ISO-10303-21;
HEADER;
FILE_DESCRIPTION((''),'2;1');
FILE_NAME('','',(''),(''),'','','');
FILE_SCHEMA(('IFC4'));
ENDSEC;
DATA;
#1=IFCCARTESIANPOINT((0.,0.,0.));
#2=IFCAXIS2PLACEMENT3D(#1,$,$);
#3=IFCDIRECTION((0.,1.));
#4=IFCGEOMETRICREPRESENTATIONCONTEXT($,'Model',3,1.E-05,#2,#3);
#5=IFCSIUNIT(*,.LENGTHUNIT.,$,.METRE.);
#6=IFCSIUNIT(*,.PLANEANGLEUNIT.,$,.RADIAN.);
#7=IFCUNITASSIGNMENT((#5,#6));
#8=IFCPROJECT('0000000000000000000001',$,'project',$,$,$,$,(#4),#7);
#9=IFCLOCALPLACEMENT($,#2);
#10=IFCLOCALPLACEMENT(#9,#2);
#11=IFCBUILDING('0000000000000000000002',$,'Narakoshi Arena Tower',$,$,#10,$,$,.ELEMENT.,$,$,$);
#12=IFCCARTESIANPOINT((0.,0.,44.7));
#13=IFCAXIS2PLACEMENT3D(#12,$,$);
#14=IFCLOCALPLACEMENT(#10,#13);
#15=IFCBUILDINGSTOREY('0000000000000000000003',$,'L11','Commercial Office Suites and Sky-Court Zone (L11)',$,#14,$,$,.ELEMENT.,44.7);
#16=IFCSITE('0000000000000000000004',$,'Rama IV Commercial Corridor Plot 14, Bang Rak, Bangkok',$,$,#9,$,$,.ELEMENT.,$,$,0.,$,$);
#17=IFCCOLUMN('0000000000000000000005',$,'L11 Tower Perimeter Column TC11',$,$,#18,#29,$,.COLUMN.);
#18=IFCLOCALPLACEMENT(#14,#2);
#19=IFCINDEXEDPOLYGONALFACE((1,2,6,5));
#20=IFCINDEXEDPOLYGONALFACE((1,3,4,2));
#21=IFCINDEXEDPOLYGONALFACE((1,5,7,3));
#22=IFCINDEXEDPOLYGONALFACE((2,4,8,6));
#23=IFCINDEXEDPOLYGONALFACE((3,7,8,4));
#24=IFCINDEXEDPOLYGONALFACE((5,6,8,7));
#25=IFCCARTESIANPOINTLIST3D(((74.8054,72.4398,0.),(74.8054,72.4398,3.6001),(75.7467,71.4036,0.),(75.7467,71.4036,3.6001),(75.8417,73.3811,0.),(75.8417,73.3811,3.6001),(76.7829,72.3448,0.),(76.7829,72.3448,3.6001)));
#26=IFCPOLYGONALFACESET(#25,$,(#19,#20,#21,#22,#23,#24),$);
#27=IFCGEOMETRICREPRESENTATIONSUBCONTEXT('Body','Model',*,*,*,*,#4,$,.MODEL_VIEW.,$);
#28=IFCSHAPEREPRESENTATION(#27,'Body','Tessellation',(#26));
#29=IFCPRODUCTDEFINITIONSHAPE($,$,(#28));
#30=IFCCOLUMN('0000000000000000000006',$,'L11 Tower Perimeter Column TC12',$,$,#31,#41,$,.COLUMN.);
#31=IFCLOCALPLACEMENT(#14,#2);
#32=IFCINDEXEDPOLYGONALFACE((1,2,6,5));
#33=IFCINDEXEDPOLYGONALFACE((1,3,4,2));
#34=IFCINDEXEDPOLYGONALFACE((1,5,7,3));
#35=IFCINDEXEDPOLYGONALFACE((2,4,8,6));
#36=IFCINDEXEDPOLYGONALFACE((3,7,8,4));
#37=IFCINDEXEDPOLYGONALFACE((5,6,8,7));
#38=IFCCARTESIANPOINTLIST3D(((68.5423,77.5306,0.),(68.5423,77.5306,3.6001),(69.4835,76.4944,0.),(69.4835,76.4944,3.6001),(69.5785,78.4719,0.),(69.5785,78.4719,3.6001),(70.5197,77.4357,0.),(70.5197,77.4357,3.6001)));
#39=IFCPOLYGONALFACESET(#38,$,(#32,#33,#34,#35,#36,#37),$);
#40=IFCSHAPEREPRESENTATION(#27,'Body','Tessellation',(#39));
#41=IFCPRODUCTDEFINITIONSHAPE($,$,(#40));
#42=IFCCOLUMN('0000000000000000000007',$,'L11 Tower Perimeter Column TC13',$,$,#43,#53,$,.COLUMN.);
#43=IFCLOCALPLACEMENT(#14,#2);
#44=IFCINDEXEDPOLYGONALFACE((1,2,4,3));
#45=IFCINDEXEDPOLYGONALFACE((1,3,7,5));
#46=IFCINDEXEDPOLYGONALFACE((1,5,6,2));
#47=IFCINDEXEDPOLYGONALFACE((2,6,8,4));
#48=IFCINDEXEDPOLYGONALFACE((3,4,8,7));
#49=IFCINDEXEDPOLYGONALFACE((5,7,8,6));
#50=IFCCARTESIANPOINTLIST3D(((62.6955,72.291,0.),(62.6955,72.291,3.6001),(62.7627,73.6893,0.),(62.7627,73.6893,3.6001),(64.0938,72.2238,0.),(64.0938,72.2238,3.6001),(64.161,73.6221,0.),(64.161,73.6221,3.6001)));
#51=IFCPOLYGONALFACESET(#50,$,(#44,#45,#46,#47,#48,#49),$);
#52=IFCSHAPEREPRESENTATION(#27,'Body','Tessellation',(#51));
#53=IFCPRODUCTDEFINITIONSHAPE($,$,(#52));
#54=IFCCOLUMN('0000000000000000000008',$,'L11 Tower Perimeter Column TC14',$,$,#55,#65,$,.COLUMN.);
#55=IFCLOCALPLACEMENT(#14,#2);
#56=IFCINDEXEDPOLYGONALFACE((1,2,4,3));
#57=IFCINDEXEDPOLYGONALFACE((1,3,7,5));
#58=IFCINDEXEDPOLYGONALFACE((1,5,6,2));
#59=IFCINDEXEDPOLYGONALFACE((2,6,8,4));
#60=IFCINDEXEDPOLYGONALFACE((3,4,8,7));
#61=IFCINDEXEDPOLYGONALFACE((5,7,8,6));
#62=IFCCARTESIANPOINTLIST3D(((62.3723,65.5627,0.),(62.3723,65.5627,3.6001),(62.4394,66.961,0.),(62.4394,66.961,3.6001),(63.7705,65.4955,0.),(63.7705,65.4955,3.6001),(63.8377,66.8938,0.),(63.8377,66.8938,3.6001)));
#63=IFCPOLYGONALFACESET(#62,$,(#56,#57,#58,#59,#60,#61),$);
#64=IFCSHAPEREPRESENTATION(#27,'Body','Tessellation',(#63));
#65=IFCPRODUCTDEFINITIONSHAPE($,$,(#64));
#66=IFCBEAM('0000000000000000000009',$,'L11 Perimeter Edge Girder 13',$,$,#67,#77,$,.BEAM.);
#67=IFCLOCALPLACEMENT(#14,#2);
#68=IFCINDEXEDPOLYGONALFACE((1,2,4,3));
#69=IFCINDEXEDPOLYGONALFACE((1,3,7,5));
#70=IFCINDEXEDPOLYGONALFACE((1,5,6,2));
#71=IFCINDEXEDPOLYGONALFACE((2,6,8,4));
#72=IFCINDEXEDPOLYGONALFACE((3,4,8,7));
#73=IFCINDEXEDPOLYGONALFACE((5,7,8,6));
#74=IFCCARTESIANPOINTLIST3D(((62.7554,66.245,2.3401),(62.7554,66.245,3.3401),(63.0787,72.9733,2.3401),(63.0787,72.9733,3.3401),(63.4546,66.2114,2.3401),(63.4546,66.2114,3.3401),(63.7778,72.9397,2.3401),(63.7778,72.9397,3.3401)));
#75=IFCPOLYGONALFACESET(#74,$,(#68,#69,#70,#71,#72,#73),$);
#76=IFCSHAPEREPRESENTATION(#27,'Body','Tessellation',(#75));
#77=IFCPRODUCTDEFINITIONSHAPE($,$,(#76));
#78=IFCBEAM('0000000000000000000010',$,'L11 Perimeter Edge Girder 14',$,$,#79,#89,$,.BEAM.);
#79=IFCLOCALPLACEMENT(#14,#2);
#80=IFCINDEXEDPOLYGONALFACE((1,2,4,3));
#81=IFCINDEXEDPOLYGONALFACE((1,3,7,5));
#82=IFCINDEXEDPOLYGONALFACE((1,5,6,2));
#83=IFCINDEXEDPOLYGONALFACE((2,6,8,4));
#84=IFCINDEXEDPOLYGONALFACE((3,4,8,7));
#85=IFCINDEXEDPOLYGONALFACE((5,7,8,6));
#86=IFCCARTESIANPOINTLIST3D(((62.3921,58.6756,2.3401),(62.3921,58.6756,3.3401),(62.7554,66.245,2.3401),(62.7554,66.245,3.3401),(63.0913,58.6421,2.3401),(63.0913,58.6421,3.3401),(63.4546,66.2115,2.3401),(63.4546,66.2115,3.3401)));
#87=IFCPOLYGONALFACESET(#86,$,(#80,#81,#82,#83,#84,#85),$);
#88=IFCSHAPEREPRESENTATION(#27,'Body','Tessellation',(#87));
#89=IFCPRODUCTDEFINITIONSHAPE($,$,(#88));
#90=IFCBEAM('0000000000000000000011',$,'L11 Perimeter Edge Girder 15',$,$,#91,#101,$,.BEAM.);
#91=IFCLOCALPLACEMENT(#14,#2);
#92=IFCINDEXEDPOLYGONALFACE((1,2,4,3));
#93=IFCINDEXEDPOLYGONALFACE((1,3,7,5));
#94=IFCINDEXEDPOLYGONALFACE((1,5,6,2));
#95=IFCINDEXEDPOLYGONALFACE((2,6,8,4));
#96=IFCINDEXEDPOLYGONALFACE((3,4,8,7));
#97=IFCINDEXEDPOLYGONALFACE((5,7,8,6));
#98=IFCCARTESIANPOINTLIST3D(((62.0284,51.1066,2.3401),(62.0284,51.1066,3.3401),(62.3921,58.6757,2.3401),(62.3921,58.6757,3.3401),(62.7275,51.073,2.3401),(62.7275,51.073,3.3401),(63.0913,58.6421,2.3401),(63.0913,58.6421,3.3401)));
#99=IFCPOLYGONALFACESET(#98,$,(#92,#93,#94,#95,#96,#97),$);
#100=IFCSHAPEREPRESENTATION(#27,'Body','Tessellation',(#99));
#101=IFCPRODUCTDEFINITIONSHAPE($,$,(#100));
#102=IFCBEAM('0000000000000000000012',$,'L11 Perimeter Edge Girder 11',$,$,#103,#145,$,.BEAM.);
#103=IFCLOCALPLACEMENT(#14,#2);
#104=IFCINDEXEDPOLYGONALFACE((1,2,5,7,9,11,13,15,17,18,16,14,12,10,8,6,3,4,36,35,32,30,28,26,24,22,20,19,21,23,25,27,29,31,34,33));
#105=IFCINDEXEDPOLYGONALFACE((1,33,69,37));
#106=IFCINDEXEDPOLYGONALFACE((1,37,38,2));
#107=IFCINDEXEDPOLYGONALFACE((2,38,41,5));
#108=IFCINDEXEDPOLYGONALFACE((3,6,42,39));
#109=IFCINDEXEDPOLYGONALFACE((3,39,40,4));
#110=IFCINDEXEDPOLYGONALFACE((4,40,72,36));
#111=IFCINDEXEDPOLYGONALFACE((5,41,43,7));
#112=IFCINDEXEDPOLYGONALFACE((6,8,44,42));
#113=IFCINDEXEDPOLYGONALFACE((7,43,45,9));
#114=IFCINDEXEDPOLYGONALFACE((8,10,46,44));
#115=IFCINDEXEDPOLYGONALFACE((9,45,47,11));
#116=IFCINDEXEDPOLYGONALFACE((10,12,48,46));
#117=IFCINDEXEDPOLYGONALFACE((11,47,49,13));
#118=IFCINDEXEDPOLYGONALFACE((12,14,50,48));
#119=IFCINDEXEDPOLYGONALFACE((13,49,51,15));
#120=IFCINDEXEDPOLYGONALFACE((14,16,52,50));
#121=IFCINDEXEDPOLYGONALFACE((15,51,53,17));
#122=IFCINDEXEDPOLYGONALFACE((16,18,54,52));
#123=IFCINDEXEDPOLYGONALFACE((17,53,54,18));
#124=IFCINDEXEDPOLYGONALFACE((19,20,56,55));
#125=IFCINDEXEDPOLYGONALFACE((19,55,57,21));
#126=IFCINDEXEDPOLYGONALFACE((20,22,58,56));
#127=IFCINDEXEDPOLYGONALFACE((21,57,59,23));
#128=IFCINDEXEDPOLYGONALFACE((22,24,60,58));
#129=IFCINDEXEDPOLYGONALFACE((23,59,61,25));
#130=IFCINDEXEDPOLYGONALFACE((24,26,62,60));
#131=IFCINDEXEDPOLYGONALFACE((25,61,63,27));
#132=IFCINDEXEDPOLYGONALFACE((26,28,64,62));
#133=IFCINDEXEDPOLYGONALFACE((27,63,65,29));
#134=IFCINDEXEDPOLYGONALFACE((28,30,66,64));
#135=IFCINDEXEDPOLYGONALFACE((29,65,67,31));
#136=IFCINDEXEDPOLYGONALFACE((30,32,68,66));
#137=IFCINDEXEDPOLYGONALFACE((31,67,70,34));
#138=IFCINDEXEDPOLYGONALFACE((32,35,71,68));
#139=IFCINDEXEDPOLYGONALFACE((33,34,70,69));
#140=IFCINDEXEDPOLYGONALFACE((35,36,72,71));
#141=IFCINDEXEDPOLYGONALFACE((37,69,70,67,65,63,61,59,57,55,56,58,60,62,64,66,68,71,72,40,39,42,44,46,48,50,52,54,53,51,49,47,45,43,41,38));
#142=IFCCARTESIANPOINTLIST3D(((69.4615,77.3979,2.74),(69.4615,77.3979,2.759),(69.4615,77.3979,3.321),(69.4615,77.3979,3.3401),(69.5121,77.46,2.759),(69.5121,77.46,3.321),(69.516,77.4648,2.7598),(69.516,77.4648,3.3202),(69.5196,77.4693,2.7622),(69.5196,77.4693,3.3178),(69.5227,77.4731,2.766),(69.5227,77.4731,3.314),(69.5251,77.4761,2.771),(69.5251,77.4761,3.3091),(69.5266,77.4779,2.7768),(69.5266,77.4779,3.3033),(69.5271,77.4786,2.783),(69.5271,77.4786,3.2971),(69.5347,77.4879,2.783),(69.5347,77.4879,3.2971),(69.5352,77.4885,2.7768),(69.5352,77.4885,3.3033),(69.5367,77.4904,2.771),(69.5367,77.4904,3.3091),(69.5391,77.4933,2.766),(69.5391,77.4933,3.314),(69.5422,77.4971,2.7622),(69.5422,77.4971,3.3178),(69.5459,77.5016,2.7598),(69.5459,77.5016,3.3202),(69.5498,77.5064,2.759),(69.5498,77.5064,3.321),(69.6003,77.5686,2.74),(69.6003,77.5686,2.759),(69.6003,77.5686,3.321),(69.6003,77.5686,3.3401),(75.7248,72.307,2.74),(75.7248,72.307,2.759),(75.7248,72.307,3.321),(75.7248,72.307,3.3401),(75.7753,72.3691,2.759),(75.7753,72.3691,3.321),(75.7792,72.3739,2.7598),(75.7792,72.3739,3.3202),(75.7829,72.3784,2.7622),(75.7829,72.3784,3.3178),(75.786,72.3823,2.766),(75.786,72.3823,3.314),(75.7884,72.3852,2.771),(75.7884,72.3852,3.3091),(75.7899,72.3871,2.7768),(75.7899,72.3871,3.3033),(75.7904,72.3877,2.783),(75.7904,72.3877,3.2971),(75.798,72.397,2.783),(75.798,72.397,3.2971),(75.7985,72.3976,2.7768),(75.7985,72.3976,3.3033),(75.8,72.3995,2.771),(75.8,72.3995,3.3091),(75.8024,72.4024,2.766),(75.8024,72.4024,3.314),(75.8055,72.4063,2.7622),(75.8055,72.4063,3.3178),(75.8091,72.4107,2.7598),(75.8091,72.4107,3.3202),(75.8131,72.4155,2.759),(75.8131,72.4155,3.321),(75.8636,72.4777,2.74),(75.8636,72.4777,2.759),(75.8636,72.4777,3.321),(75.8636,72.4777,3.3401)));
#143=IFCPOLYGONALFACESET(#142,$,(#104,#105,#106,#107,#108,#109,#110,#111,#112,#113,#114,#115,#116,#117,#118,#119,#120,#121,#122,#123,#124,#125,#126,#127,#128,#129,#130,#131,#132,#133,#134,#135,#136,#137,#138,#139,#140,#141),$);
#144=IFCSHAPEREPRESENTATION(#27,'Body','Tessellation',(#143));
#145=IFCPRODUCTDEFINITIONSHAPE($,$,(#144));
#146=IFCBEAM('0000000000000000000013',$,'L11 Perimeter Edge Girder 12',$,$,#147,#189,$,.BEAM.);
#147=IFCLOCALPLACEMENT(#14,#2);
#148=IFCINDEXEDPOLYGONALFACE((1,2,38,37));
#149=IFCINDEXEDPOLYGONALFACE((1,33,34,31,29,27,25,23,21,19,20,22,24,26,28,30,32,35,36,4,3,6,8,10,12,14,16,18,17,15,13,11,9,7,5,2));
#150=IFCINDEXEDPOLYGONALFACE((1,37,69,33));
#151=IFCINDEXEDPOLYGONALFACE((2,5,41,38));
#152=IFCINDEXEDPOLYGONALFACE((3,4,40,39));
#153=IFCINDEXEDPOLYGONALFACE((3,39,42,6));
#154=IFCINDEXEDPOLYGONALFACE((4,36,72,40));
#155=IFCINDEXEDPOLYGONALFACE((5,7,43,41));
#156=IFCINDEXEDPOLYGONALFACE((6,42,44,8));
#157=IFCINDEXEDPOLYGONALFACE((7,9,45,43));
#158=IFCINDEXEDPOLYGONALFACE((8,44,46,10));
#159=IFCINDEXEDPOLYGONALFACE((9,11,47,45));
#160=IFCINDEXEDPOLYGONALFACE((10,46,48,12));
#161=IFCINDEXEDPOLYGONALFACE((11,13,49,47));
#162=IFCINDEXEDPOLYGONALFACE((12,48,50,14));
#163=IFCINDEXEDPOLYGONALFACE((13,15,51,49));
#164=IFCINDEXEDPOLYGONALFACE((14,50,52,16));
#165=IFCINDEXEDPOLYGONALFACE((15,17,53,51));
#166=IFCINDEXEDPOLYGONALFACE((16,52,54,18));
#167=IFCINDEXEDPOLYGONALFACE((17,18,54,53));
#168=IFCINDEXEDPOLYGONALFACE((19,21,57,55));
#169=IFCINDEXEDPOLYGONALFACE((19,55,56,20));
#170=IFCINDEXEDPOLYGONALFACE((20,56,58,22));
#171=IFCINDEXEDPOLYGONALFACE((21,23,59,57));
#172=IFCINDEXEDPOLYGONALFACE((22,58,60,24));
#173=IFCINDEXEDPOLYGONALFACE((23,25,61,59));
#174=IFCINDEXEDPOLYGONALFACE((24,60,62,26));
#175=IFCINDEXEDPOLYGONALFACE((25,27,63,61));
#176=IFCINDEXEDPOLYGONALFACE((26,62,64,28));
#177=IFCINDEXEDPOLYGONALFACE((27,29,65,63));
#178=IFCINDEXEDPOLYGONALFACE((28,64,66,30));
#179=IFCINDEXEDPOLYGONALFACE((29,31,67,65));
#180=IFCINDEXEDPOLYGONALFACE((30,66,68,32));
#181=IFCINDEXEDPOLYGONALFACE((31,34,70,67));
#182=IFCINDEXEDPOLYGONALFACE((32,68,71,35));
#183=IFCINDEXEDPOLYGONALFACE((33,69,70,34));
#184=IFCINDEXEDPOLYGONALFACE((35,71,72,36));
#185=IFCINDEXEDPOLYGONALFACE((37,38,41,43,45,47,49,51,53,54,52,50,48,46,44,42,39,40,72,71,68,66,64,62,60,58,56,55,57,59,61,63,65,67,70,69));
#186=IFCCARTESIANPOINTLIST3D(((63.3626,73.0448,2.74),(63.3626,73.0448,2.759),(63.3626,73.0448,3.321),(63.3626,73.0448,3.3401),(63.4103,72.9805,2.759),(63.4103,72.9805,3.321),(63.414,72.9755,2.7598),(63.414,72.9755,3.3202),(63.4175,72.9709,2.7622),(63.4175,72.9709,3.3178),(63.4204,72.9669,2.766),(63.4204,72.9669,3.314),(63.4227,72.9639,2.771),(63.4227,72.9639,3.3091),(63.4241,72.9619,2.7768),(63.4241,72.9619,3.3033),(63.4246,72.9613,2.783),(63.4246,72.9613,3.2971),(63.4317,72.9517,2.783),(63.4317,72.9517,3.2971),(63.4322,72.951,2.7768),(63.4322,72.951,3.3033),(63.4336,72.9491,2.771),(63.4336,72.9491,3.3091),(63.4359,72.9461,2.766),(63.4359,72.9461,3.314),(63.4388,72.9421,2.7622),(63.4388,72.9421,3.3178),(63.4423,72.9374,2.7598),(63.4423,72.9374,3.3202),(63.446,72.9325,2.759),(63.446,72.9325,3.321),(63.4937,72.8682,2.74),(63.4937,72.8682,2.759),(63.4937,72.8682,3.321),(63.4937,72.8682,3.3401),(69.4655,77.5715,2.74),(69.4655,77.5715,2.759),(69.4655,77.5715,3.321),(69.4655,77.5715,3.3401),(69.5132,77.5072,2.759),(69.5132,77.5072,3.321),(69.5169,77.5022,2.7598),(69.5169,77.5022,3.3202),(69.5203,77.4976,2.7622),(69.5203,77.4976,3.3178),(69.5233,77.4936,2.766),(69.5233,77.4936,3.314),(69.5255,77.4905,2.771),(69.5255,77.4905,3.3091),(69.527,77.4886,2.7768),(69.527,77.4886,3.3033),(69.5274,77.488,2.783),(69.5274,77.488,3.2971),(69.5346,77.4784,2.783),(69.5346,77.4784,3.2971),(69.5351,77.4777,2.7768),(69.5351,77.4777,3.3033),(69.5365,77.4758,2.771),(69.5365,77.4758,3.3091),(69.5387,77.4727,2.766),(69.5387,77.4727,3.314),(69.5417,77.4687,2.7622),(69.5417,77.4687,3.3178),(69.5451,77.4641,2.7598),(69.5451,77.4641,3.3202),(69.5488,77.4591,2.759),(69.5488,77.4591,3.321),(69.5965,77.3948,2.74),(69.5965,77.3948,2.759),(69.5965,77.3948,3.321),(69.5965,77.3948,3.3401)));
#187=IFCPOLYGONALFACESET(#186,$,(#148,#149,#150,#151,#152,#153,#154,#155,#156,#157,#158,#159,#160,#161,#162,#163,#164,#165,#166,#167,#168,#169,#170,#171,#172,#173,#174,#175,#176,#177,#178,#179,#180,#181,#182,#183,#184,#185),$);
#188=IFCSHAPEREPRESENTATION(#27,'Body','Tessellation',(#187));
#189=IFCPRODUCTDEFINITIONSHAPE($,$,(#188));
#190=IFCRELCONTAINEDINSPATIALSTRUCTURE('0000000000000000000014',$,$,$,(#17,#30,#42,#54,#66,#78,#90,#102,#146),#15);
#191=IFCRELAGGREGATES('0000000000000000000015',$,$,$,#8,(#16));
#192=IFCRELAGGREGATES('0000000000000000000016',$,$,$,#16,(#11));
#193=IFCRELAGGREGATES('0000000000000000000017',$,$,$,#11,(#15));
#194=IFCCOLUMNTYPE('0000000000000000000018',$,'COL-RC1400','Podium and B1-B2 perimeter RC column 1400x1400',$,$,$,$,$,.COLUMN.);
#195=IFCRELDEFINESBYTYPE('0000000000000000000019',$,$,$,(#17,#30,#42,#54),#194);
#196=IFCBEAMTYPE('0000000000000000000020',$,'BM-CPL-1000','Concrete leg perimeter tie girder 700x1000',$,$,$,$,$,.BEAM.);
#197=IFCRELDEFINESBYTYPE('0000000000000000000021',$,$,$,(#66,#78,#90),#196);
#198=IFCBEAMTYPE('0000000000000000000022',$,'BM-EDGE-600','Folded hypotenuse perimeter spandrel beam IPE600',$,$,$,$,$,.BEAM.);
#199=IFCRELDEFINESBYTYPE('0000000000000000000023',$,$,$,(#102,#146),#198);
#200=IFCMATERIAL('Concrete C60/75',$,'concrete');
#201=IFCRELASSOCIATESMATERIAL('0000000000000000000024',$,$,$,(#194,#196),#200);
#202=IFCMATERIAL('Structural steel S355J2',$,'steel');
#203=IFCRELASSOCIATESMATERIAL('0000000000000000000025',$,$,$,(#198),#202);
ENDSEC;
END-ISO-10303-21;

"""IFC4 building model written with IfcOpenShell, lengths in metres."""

from ifc_helpers import new_model, si_unit, direction, frame, origin, origin_2d, place, context, subcontext, project, spatial, rectangle, i_section, extrude, material, material_profile, profile_set, type_object, element, save


model = new_model("IFC4")

# Units and contexts
model_context = context("Model", 3, precision=1e-05, world=origin(), true_north=direction((0.0, 1.0)))
body_context = subcontext(model_context, "Body", "Model", "MODEL_VIEW")
ifc_project = project(units=[si_unit("LENGTHUNIT", "METRE"), si_unit("PLANEANGLEUNIT", "RADIAN")], contexts=[model_context])

# Site, building, storey
site_placement = place(None, origin())
site = spatial("IfcSite", under=ifc_project, at=site_placement, Name="Rama IV Commercial Corridor Plot 14, Bang Rak, Bangkok", CompositionType="ELEMENT", RefElevation=0.0)
building_placement = place(site_placement, origin())
building = spatial("IfcBuilding", under=site, at=building_placement, Name="Narakoshi Arena Tower", CompositionType="ELEMENT")
storey_placement = place(building_placement, frame((0.0, 0.0, 44.7)))
storey = spatial("IfcBuildingStorey", under=building, at=storey_placement, Name="L11", Description="Commercial Office Suites and Sky-Court Zone (L11)", CompositionType="ELEMENT", Elevation=44.7)

# Columns
ifc_material_1 = material(Name="Concrete C60/75", Category="concrete")
ifc_material_profile_1 = material_profile(ifc_material_1, rectangle(XDim=1.3999, YDim=1.3999, at=origin_2d()), Name="RC1400x1400")
ifc_profile_set_1 = profile_set([ifc_material_profile_1], Name="Concrete C60/75")
column_type = type_object("IfcColumnType", Name="COL-RC1400", Description="Podium and B1-B2 perimeter RC column 1400x1400", PredefinedType="COLUMN", material=ifc_profile_set_1)
for number, where, z_axis, x_axis, name in (
    (1, (75.7942, 72.3923, 0.0), (0.0, 0.0, 1.0), (0.740218, 0.672367, 0.0), "L11 Tower Perimeter Column TC11"),
    (2, (69.531, 77.4832, 0.0), (0.0, 0.0, 1.0), (0.740218, 0.672367, 0.0), "L11 Tower Perimeter Column TC12"),
    (3, (63.4282, 72.9565, 0.0), (0.0, 0.0, 1.0), (0.047978, 0.998848, 0.0), "L11 Tower Perimeter Column TC13"),
    (4, (63.105, 66.2283, 0.0), (0.0, 0.0, 1.0), (0.047978, 0.998848, 0.0), "L11 Tower Perimeter Column TC14"),
):
    element("IfcColumn", number, at=place(storey_placement, frame(where, z_axis=z_axis, x_axis=x_axis)), inside=storey, type_object=column_type, Name=name, PredefinedType="COLUMN", context=body_context, shape_type="SweptSolid", body=[
        extrude(rectangle(XDim=1.3999, YDim=1.3999, at=origin_2d()), origin(), (0.0, 0.0, 1.0), 3.6001),
    ])

# Beams
ifc_material_profile_2 = material_profile(ifc_material_1, rectangle(XDim=0.7, YDim=1.0, at=origin_2d()), Name="RCB700x1000")
ifc_profile_set_2 = profile_set([ifc_material_profile_2], Name="Concrete C60/75")
beam_type_1 = type_object("IfcBeamType", Name="BM-CPL-1000", Description="Concrete leg perimeter tie girder 700x1000", PredefinedType="BEAM", material=ifc_profile_set_2)
beam_1_placement = place(storey_placement, frame((63.4282, 72.9565, 2.8401), z_axis=(-0.047987, -0.998848, 0.0), x_axis=(0.998848, -0.047987, 0.0)))
element("IfcBeam", 5, at=beam_1_placement, inside=storey, type_object=beam_type_1, Name="L11 Perimeter Edge Girder 13", PredefinedType="BEAM", context=body_context, shape_type="SweptSolid", body=[
    extrude(rectangle(XDim=0.7, YDim=1.0, at=origin_2d()), origin(), (0.0, 0.0, 1.0), 6.7361),
])
beam_2_placement = place(storey_placement, frame((63.105, 66.2283, 2.8401), z_axis=(-0.047939, -0.99885, 0.0), x_axis=(0.99885, -0.047939, 0.0)))
element("IfcBeam", 6, at=beam_2_placement, inside=storey, type_object=beam_type_1, Name="L11 Perimeter Edge Girder 14", PredefinedType="BEAM", context=body_context, shape_type="SweptSolid", body=[
    extrude(rectangle(XDim=0.7, YDim=1.0, at=origin_2d()), origin(), (0.0, 0.0, 1.0), 7.5781),
])
beam_3_placement = place(storey_placement, frame((62.7417, 58.6589, 2.8401), z_axis=(-0.048004, -0.998847, 0.0), x_axis=(0.998847, -0.048004, 0.0)))
element("IfcBeam", 7, at=beam_3_placement, inside=storey, type_object=beam_type_1, Name="L11 Perimeter Edge Girder 15", PredefinedType="BEAM", context=body_context, shape_type="SweptSolid", body=[
    extrude(rectangle(XDim=0.7, YDim=1.0, at=origin_2d()), origin(), (0.0, 0.0, 1.0), 7.5779),
])
ifc_material_2 = material(Name="Structural steel S355J2", Category="steel")
ifc_material_profile_3 = material_profile(ifc_material_2, i_section(OverallWidth=0.22, OverallDepth=0.6001, WebThickness=0.012, FlangeThickness=0.019, FilletRadius=0.0239, at=origin_2d()), Name="IPE600")
ifc_profile_set_3 = profile_set([ifc_material_profile_3], Name="Structural steel S355J2")
beam_type_2 = type_object("IfcBeamType", Name="BM-EDGE-600", Description="Folded hypotenuse perimeter spandrel beam IPE600", PredefinedType="BEAM", material=ifc_profile_set_3)
beam_4_placement = place(storey_placement, frame((75.7942, 72.3923, 3.04), z_axis=(-0.775994, 0.630741, 0.0), x_axis=(-0.630741, -0.775994, 0.0)))
element("IfcBeam", 8, at=beam_4_placement, inside=storey, type_object=beam_type_2, Name="L11 Perimeter Edge Girder 11", PredefinedType="BEAM", context=body_context, shape_type="SweptSolid", body=[
    extrude(i_section(OverallWidth=0.22, OverallDepth=0.6001, WebThickness=0.012, FlangeThickness=0.019, FilletRadius=0.0239, at=origin_2d()), origin(), (0.0, 0.0, 1.0), 8.0713),
])
beam_5_placement = place(storey_placement, frame((69.531, 77.4832, 3.04), z_axis=(-0.803177, -0.59574, 0.0), x_axis=(0.59574, -0.803177, 0.0)))
element("IfcBeam", 9, at=beam_5_placement, inside=storey, type_object=beam_type_2, Name="L11 Perimeter Edge Girder 12", PredefinedType="BEAM", context=body_context, shape_type="SweptSolid", body=[
    extrude(i_section(OverallWidth=0.22, OverallDepth=0.6001, WebThickness=0.012, FlangeThickness=0.019, FilletRadius=0.0239, at=origin_2d()), origin(), (0.0, 0.0, 1.0), 7.5984),
])

save(model, "model.ifc")
